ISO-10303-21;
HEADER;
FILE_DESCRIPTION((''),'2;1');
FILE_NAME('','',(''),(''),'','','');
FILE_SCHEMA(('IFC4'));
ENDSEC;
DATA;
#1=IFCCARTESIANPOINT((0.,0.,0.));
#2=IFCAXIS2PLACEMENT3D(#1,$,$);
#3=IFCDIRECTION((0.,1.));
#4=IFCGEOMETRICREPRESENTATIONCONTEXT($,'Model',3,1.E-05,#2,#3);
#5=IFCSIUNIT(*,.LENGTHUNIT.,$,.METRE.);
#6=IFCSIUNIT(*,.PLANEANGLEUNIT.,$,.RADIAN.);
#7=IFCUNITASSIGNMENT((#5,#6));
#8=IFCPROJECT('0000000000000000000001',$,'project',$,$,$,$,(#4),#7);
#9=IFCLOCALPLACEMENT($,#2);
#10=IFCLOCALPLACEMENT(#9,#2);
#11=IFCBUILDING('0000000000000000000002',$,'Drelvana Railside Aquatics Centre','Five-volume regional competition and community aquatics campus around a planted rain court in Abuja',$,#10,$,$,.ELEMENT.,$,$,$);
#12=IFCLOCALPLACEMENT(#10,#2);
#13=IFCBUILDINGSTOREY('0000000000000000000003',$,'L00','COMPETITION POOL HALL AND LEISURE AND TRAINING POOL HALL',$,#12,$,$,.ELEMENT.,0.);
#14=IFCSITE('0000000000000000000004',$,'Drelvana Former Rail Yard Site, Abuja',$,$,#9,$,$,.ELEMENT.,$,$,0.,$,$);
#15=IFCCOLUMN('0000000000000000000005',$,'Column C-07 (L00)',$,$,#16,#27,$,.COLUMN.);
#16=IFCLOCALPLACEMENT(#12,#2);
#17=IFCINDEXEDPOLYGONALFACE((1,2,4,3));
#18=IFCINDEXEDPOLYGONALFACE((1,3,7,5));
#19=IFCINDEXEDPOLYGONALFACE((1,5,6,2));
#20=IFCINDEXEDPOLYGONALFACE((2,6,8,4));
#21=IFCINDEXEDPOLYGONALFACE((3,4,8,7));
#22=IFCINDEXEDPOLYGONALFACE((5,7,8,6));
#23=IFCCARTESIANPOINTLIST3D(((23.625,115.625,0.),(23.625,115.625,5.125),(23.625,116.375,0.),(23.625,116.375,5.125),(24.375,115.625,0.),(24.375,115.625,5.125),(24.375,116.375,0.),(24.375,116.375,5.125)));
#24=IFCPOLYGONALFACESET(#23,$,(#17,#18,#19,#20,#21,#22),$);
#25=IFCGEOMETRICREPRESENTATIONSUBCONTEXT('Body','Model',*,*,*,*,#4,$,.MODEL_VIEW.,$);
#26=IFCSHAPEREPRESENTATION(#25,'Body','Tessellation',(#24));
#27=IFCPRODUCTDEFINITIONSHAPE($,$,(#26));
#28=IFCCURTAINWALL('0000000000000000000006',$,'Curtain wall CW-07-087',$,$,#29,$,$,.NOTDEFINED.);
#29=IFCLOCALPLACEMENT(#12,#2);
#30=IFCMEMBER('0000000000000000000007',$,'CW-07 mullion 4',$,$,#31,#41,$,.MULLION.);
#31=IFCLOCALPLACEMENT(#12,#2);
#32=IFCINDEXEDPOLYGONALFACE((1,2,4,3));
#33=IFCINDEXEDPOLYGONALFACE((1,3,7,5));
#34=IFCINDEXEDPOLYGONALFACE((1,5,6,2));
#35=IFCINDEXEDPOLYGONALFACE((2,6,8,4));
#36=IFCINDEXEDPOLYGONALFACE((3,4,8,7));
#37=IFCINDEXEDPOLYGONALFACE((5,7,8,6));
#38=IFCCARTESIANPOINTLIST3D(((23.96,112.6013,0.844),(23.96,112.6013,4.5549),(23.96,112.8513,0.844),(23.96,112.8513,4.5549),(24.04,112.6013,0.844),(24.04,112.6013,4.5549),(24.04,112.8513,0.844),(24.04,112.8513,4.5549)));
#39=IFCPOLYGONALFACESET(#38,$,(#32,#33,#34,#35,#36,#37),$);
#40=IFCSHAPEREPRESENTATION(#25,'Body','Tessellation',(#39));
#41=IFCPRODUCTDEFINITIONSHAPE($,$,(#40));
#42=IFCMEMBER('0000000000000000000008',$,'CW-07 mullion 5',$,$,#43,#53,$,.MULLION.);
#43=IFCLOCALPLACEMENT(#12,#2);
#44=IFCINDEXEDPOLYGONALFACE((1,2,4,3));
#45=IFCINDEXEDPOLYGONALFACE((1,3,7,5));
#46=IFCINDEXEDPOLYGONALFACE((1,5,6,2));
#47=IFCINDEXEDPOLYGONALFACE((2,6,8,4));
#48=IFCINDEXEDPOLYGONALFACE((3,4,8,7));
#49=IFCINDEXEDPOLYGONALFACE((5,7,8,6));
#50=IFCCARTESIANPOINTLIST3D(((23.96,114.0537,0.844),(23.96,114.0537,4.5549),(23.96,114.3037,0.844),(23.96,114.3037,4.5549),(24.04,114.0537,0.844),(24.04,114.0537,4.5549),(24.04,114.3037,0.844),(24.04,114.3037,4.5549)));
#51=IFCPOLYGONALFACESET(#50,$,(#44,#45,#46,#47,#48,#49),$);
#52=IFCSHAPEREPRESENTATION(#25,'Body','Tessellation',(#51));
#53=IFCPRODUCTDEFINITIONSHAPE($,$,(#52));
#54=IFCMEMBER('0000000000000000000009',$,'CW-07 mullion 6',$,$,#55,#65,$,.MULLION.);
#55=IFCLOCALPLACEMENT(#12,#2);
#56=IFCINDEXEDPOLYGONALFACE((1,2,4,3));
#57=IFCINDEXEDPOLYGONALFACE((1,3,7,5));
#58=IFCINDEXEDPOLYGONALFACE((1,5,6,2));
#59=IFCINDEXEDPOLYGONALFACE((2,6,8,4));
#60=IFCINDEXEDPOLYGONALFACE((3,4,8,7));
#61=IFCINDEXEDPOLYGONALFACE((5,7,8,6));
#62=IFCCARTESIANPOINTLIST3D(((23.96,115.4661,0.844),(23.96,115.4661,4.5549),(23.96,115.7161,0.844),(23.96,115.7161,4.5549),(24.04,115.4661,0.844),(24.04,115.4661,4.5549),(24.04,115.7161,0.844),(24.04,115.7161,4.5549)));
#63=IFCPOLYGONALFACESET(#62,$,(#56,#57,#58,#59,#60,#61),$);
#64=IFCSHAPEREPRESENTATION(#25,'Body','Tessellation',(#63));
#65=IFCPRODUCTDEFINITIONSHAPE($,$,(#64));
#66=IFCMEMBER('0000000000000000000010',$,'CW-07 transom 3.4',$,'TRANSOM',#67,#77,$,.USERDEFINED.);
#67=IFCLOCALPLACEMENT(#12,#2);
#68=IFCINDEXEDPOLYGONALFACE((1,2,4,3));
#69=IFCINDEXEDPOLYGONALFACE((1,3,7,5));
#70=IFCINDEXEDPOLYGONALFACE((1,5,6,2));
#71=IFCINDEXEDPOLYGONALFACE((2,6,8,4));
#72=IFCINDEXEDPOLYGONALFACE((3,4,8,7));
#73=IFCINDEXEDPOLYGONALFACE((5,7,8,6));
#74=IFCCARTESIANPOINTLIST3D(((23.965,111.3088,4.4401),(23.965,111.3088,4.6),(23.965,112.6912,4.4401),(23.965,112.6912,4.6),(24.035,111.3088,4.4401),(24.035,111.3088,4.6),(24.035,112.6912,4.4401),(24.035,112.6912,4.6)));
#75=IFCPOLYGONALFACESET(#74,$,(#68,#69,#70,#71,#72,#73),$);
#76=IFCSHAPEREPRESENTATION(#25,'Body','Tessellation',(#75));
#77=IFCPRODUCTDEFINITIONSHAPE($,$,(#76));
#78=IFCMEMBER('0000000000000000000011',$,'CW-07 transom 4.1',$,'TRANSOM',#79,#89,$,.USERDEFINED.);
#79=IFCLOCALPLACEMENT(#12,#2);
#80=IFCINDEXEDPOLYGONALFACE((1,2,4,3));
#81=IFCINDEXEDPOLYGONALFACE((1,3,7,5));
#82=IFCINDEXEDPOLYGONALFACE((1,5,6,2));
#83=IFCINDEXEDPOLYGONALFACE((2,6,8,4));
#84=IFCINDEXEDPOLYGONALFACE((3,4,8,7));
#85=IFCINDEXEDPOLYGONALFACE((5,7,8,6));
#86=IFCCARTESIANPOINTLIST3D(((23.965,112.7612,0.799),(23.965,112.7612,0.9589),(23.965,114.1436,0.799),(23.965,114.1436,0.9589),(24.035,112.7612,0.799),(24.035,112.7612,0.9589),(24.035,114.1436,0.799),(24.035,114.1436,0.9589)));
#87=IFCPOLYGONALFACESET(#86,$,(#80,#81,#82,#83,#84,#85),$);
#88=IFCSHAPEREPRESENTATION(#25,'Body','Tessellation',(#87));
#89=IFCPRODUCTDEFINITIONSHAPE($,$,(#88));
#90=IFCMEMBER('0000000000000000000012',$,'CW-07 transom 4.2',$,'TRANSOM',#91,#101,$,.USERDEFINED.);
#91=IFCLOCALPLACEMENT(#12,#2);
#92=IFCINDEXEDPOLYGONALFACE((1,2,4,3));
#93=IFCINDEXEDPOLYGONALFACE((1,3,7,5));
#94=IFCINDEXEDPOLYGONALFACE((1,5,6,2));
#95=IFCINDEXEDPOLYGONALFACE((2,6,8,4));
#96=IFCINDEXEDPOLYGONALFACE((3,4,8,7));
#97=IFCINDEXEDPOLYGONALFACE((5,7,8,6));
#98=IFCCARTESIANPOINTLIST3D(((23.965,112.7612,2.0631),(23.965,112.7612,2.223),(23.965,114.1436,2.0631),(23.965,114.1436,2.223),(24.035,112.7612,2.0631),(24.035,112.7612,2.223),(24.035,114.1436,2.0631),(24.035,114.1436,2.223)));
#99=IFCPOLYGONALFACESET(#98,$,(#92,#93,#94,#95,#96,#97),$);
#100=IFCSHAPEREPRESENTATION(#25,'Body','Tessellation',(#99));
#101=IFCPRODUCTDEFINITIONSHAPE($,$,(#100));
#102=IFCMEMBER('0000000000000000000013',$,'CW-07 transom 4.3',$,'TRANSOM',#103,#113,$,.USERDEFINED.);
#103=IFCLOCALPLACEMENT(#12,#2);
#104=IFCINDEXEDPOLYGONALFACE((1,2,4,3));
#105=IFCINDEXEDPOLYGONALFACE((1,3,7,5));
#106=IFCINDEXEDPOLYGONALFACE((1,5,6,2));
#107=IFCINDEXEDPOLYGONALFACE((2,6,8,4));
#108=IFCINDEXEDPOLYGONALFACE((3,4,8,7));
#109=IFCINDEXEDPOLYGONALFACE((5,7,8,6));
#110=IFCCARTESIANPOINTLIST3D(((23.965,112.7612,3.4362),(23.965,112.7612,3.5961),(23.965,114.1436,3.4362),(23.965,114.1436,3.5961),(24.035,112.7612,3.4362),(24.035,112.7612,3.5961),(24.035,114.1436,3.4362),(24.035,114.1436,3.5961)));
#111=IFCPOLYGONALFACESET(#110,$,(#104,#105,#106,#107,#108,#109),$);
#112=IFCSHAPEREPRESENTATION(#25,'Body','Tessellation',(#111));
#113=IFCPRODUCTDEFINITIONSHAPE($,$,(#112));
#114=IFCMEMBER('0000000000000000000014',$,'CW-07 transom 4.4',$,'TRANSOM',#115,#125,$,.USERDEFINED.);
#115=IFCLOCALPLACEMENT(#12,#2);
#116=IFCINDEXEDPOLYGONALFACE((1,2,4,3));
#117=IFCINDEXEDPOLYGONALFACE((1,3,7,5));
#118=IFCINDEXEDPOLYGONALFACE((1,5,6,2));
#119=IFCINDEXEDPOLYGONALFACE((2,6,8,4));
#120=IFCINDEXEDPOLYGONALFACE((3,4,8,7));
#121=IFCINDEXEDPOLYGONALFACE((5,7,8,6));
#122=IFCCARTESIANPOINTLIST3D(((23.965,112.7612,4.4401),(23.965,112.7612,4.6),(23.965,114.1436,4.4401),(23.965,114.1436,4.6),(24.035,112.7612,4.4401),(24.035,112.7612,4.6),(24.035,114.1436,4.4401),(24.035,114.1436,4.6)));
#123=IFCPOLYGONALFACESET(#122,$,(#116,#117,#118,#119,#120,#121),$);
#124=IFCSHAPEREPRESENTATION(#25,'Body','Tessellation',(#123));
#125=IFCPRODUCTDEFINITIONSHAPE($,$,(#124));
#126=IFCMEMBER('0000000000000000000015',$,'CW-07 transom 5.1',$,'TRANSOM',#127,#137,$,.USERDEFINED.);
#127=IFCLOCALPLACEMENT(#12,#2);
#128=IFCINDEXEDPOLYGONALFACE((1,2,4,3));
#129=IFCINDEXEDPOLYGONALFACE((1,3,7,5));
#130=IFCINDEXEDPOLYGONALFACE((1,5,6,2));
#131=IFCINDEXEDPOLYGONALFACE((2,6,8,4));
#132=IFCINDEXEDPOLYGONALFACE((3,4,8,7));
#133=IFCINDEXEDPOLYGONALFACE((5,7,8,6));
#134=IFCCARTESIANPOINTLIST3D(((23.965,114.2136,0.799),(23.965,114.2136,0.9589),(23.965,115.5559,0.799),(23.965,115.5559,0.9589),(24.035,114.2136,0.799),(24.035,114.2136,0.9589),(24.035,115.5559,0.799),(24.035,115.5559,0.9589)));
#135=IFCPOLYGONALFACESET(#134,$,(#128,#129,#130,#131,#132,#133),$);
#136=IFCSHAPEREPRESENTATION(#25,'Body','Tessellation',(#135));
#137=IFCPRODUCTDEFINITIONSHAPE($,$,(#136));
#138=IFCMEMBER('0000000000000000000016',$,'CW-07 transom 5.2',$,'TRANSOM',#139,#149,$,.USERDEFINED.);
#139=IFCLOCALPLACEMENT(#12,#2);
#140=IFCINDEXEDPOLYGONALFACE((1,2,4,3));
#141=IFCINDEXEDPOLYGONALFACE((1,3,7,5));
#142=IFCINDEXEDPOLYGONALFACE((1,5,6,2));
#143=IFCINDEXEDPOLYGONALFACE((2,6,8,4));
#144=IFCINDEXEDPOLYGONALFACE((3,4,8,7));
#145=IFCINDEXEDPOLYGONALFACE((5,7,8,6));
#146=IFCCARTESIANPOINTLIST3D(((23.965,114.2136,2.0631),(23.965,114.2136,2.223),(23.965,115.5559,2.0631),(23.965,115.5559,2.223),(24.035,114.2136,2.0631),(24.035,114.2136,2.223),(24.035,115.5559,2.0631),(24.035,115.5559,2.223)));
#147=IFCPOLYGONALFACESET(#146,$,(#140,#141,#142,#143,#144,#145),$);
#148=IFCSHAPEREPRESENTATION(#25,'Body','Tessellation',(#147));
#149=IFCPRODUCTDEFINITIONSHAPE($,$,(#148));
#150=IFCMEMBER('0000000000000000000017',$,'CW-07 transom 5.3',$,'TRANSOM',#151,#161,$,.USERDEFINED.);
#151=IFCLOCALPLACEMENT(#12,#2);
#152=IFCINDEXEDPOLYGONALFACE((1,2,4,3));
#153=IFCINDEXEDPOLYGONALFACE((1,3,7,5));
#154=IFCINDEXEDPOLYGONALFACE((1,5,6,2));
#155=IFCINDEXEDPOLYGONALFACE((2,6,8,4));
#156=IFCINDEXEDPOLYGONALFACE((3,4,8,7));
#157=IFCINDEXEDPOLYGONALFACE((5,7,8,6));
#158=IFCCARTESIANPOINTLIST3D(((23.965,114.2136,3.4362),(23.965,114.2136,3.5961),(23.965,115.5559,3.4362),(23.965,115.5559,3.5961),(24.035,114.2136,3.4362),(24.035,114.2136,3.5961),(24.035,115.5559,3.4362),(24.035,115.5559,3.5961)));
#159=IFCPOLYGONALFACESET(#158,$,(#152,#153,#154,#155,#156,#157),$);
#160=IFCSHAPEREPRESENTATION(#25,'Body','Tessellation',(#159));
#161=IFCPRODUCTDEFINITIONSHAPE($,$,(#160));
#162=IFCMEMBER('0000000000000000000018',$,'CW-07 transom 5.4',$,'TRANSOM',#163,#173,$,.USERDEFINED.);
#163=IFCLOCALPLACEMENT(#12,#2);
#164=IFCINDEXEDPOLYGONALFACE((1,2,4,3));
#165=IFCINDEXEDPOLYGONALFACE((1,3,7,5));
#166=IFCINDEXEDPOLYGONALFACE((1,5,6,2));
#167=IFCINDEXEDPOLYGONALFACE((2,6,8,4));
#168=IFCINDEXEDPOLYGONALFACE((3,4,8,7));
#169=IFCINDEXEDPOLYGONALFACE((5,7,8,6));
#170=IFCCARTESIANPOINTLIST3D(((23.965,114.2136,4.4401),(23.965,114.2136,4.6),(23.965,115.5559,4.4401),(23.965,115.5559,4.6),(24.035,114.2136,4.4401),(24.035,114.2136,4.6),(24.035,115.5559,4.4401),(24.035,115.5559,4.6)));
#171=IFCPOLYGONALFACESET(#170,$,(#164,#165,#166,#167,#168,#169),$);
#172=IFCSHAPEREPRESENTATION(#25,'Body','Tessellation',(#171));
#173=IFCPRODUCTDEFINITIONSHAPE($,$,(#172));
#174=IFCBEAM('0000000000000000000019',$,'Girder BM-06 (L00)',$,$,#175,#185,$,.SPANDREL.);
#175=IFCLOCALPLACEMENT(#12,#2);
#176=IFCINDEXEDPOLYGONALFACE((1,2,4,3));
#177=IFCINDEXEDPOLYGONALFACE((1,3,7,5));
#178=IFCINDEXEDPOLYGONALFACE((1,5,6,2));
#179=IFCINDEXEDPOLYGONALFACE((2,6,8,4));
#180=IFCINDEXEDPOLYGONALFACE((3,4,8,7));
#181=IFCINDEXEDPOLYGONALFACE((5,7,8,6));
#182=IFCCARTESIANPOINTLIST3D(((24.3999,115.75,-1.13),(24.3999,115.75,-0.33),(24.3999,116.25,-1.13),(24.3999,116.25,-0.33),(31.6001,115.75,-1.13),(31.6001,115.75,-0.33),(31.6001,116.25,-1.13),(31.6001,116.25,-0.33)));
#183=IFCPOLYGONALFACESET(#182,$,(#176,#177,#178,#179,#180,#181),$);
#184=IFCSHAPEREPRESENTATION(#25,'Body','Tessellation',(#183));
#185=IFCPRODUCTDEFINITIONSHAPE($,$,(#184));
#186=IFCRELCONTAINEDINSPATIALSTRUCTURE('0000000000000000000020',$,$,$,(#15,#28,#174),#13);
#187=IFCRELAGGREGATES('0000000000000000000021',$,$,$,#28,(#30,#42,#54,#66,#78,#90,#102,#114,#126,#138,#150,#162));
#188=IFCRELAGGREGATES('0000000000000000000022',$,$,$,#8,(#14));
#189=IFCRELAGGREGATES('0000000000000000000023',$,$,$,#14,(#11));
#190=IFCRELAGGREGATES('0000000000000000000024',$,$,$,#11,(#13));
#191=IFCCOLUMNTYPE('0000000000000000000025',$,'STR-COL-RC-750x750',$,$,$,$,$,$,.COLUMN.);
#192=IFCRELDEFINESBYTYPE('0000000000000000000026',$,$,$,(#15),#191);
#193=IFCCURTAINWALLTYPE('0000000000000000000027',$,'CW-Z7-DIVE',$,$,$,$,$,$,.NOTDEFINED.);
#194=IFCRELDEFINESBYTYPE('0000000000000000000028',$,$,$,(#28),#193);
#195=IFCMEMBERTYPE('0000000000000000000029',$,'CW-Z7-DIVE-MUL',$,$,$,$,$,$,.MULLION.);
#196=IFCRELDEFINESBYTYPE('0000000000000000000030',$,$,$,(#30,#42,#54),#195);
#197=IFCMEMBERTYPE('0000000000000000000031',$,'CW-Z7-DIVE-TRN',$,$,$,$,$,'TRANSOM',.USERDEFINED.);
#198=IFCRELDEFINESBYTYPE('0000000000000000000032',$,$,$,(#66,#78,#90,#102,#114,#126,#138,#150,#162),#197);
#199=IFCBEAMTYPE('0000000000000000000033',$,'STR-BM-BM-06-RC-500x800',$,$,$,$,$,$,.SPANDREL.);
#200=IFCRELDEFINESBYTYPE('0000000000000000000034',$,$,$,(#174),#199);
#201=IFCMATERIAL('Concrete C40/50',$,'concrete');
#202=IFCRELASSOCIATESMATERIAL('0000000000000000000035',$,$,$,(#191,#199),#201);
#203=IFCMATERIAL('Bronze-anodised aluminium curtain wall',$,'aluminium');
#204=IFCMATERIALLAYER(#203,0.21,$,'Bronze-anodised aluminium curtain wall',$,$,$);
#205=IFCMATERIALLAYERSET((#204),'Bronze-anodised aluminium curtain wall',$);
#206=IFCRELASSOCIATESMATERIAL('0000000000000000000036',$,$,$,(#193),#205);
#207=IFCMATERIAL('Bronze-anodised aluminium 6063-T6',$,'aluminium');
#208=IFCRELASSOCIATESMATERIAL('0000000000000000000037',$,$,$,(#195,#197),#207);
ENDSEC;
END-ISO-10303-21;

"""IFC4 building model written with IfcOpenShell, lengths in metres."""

from ifc_helpers import new_model, si_unit, direction, frame, origin, origin_2d, place, context, subcontext, project, spatial, rectangle, extrude, material, layer, layer_set, material_profile, profile_set, type_object, element, aggregate, save


model = new_model("IFC4")

# Units and contexts
model_context = context("Model", 3, precision=1e-05, world=origin(), true_north=direction((0.0, 1.0)))
body_context = subcontext(model_context, "Body", "Model", "MODEL_VIEW")
ifc_project = project(units=[si_unit("LENGTHUNIT", "METRE"), si_unit("PLANEANGLEUNIT", "RADIAN")], contexts=[model_context])

# Site, building, storey
site_placement = place(None, origin())
site = spatial("IfcSite", under=ifc_project, at=site_placement, Name="Drelvana Former Rail Yard Site, Abuja", CompositionType="ELEMENT", RefElevation=0.0)
building_placement = place(site_placement, origin())
building = spatial("IfcBuilding", under=site, at=building_placement, Name="Drelvana Railside Aquatics Centre", Description="Five-volume regional competition and community aquatics campus around a planted rain court in Abuja", CompositionType="ELEMENT")
storey_placement = place(building_placement, origin())
storey = spatial("IfcBuildingStorey", under=building, at=storey_placement, Name="L00", Description="COMPETITION POOL HALL AND LEISURE AND TRAINING POOL HALL", CompositionType="ELEMENT", Elevation=0.0)

# Column
ifc_material_1 = material(Name="Concrete C40/50", Category="concrete")
ifc_material_profile_1 = material_profile(ifc_material_1, rectangle(XDim=0.75, YDim=0.75, at=origin_2d()), Name="RC 750x750")
ifc_profile_set_1 = profile_set([ifc_material_profile_1], Name="Concrete C40/50")
column_type = type_object("IfcColumnType", Name="STR-COL-RC-750x750", PredefinedType="COLUMN", material=ifc_profile_set_1)
column_placement = place(storey_placement, frame((24.0, 116.0, 0.0), z_axis=(0.0, 0.0, 1.0), x_axis=(1.0, 0.0, 0.0)))
element("IfcColumn", 1, at=column_placement, inside=storey, type_object=column_type, Name="Column C-07 (L00)", PredefinedType="COLUMN", context=body_context, shape_type="SweptSolid", body=[
    extrude(rectangle(XDim=0.75, YDim=0.75, at=origin_2d()), origin(), (0.0, 0.0, 1.0), 5.125),
])

# Curtain wall, members
ifc_material_2 = material(Name="Bronze-anodised aluminium curtain wall", Category="aluminium")
ifc_layer_1 = layer(ifc_material_2, 0.21, Name="Bronze-anodised aluminium curtain wall")
ifc_layer_set_1 = layer_set([ifc_layer_1], Name="Bronze-anodised aluminium curtain wall")
curtain_wall_type = type_object("IfcCurtainWallType", Name="CW-Z7-DIVE", PredefinedType="NOTDEFINED", material=ifc_layer_set_1)
curtain_wall_placement = place(storey_placement, origin())
curtain_wall = element("IfcCurtainWall", 2, at=curtain_wall_placement, inside=storey, type_object=curtain_wall_type, Name="Curtain wall CW-07-087", PredefinedType="NOTDEFINED")
ifc_material_3 = material(Name="Bronze-anodised aluminium 6063-T6", Category="aluminium")
ifc_material_profile_2 = material_profile(ifc_material_3, rectangle(XDim=0.0801, YDim=0.25, at=origin_2d()), Name="ALU-M 80x250")
ifc_profile_set_2 = profile_set([ifc_material_profile_2], Name="Bronze-anodised aluminium 6063-T6")
member_type_1 = type_object("IfcMemberType", Name="CW-Z7-DIVE-MUL", PredefinedType="MULLION", material=ifc_profile_set_2)
member_1_placement = place(storey_placement, frame((24.0, 112.7263, 0.844), z_axis=(0.0, 0.0, 1.0), x_axis=(-1.0, 0.0, 0.0)))
member_1 = element("IfcMember", 3, at=member_1_placement, type_object=member_type_1, Name="CW-07 mullion 4", PredefinedType="MULLION", context=body_context, shape_type="SweptSolid", body=[
    extrude(rectangle(XDim=0.0801, YDim=0.25, at=origin_2d()), origin(), (0.0, 0.0, 1.0), 3.7109),
])
member_2_placement = place(storey_placement, frame((24.0, 114.1787, 0.844), z_axis=(0.0, 0.0, 1.0), x_axis=(-1.0, 0.0, 0.0)))
member_2 = element("IfcMember", 4, at=member_2_placement, type_object=member_type_1, Name="CW-07 mullion 5", PredefinedType="MULLION", context=body_context, shape_type="SweptSolid", body=[
    extrude(rectangle(XDim=0.0801, YDim=0.25, at=origin_2d()), origin(), (0.0, 0.0, 1.0), 3.7109),
])
member_3_placement = place(storey_placement, frame((24.0, 115.5911, 0.844), z_axis=(0.0, 0.0, 1.0), x_axis=(-1.0, 0.0, 0.0)))
member_3 = element("IfcMember", 5, at=member_3_placement, type_object=member_type_1, Name="CW-07 mullion 6", PredefinedType="MULLION", context=body_context, shape_type="SweptSolid", body=[
    extrude(rectangle(XDim=0.0801, YDim=0.25, at=origin_2d()), origin(), (0.0, 0.0, 1.0), 3.7109),
])
ifc_material_profile_3 = material_profile(ifc_material_3, rectangle(XDim=0.1599, YDim=0.0701, at=origin_2d()), Name="ALU-T 70x160")
ifc_profile_set_3 = profile_set([ifc_material_profile_3], Name="Bronze-anodised aluminium 6063-T6")
member_type_2 = type_object("IfcMemberType", Name="CW-Z7-DIVE-TRN", ElementType="TRANSOM", PredefinedType="USERDEFINED", material=ifc_profile_set_3)
member_4_placement = place(storey_placement, frame((24.0, 111.3088, 4.52), z_axis=(0.0, 1.0, 0.0), x_axis=(0.0, 0.0, 1.0)))
member_4 = element("IfcMember", 6, at=member_4_placement, type_object=member_type_2, Name="CW-07 transom 3.4", ObjectType="TRANSOM", PredefinedType="USERDEFINED", context=body_context, shape_type="SweptSolid", body=[
    extrude(rectangle(XDim=0.1599, YDim=0.0701, at=origin_2d()), origin(), (0.0, 0.0, 1.0), 1.3823),
])
member_5_placement = place(storey_placement, frame((24.0, 112.7612, 0.8789), z_axis=(0.0, 1.0, 0.0), x_axis=(0.0, 0.0, 1.0)))
member_5 = element("IfcMember", 7, at=member_5_placement, type_object=member_type_2, Name="CW-07 transom 4.1", ObjectType="TRANSOM", PredefinedType="USERDEFINED", context=body_context, shape_type="SweptSolid", body=[
    extrude(rectangle(XDim=0.1599, YDim=0.0701, at=origin_2d()), origin(), (0.0, 0.0, 1.0), 1.3823),
])
member_6_placement = place(storey_placement, frame((24.0, 112.7612, 2.1431), z_axis=(0.0, 1.0, 0.0), x_axis=(0.0, 0.0, 1.0)))
member_6 = element("IfcMember", 8, at=member_6_placement, type_object=member_type_2, Name="CW-07 transom 4.2", ObjectType="TRANSOM", PredefinedType="USERDEFINED", context=body_context, shape_type="SweptSolid", body=[
    extrude(rectangle(XDim=0.1599, YDim=0.0701, at=origin_2d()), origin(), (0.0, 0.0, 1.0), 1.3823),
])
member_7_placement = place(storey_placement, frame((24.0, 112.7612, 3.5161), z_axis=(0.0, 1.0, 0.0), x_axis=(0.0, 0.0, 1.0)))
member_7 = element("IfcMember", 9, at=member_7_placement, type_object=member_type_2, Name="CW-07 transom 4.3", ObjectType="TRANSOM", PredefinedType="USERDEFINED", context=body_context, shape_type="SweptSolid", body=[
    extrude(rectangle(XDim=0.1599, YDim=0.0701, at=origin_2d()), origin(), (0.0, 0.0, 1.0), 1.3823),
])
member_8_placement = place(storey_placement, frame((24.0, 112.7612, 4.52), z_axis=(0.0, 1.0, 0.0), x_axis=(0.0, 0.0, 1.0)))
member_8 = element("IfcMember", 10, at=member_8_placement, type_object=member_type_2, Name="CW-07 transom 4.4", ObjectType="TRANSOM", PredefinedType="USERDEFINED", context=body_context, shape_type="SweptSolid", body=[
    extrude(rectangle(XDim=0.1599, YDim=0.0701, at=origin_2d()), origin(), (0.0, 0.0, 1.0), 1.3823),
])
member_9_placement = place(storey_placement, frame((24.0, 114.2136, 0.8789), z_axis=(0.0, 1.0, 0.0), x_axis=(0.0, 0.0, 1.0)))
member_9 = element("IfcMember", 11, at=member_9_placement, type_object=member_type_2, Name="CW-07 transom 5.1", ObjectType="TRANSOM", PredefinedType="USERDEFINED", context=body_context, shape_type="SweptSolid", body=[
    extrude(rectangle(XDim=0.1599, YDim=0.0701, at=origin_2d()), origin(), (0.0, 0.0, 1.0), 1.3423),
])
member_10_placement = place(storey_placement, frame((24.0, 114.2136, 2.1431), z_axis=(0.0, 1.0, 0.0), x_axis=(0.0, 0.0, 1.0)))
member_10 = element("IfcMember", 12, at=member_10_placement, type_object=member_type_2, Name="CW-07 transom 5.2", ObjectType="TRANSOM", PredefinedType="USERDEFINED", context=body_context, shape_type="SweptSolid", body=[
    extrude(rectangle(XDim=0.1599, YDim=0.0701, at=origin_2d()), origin(), (0.0, 0.0, 1.0), 1.3423),
])
member_11_placement = place(storey_placement, frame((24.0, 114.2136, 3.5161), z_axis=(0.0, 1.0, 0.0), x_axis=(0.0, 0.0, 1.0)))
member_11 = element("IfcMember", 13, at=member_11_placement, type_object=member_type_2, Name="CW-07 transom 5.3", ObjectType="TRANSOM", PredefinedType="USERDEFINED", context=body_context, shape_type="SweptSolid", body=[
    extrude(rectangle(XDim=0.1599, YDim=0.0701, at=origin_2d()), origin(), (0.0, 0.0, 1.0), 1.3423),
])
member_12_placement = place(storey_placement, frame((24.0, 114.2136, 4.52), z_axis=(0.0, 1.0, 0.0), x_axis=(0.0, 0.0, 1.0)))
member_12 = element("IfcMember", 14, at=member_12_placement, type_object=member_type_2, Name="CW-07 transom 5.4", ObjectType="TRANSOM", PredefinedType="USERDEFINED", context=body_context, shape_type="SweptSolid", body=[
    extrude(rectangle(XDim=0.1599, YDim=0.0701, at=origin_2d()), origin(), (0.0, 0.0, 1.0), 1.3423),
])

# Beam
ifc_material_profile_4 = material_profile(ifc_material_1, rectangle(XDim=0.5, YDim=0.8, at=origin_2d()), Name="RC 500x800")
ifc_profile_set_4 = profile_set([ifc_material_profile_4], Name="Concrete C40/50")
beam_type = type_object("IfcBeamType", Name="STR-BM-BM-06-RC-500x800", PredefinedType="SPANDREL", material=ifc_profile_set_4)
beam_placement = place(storey_placement, frame((24.3999, 116.0, -0.73), z_axis=(1.0, 0.0, 0.0), x_axis=(0.0, 1.0, 0.0)))
element("IfcBeam", 15, at=beam_placement, inside=storey, type_object=beam_type, Name="Girder BM-06 (L00)", PredefinedType="SPANDREL", context=body_context, shape_type="SweptSolid", body=[
    extrude(rectangle(XDim=0.5, YDim=0.8, at=origin_2d()), origin(), (0.0, 0.0, 1.0), 7.2002),
])

aggregate(curtain_wall, [member_1, member_2, member_3, member_4, member_5, member_6, member_7, member_8, member_9, member_10, member_11, member_12])

save(model, "model.ifc")
